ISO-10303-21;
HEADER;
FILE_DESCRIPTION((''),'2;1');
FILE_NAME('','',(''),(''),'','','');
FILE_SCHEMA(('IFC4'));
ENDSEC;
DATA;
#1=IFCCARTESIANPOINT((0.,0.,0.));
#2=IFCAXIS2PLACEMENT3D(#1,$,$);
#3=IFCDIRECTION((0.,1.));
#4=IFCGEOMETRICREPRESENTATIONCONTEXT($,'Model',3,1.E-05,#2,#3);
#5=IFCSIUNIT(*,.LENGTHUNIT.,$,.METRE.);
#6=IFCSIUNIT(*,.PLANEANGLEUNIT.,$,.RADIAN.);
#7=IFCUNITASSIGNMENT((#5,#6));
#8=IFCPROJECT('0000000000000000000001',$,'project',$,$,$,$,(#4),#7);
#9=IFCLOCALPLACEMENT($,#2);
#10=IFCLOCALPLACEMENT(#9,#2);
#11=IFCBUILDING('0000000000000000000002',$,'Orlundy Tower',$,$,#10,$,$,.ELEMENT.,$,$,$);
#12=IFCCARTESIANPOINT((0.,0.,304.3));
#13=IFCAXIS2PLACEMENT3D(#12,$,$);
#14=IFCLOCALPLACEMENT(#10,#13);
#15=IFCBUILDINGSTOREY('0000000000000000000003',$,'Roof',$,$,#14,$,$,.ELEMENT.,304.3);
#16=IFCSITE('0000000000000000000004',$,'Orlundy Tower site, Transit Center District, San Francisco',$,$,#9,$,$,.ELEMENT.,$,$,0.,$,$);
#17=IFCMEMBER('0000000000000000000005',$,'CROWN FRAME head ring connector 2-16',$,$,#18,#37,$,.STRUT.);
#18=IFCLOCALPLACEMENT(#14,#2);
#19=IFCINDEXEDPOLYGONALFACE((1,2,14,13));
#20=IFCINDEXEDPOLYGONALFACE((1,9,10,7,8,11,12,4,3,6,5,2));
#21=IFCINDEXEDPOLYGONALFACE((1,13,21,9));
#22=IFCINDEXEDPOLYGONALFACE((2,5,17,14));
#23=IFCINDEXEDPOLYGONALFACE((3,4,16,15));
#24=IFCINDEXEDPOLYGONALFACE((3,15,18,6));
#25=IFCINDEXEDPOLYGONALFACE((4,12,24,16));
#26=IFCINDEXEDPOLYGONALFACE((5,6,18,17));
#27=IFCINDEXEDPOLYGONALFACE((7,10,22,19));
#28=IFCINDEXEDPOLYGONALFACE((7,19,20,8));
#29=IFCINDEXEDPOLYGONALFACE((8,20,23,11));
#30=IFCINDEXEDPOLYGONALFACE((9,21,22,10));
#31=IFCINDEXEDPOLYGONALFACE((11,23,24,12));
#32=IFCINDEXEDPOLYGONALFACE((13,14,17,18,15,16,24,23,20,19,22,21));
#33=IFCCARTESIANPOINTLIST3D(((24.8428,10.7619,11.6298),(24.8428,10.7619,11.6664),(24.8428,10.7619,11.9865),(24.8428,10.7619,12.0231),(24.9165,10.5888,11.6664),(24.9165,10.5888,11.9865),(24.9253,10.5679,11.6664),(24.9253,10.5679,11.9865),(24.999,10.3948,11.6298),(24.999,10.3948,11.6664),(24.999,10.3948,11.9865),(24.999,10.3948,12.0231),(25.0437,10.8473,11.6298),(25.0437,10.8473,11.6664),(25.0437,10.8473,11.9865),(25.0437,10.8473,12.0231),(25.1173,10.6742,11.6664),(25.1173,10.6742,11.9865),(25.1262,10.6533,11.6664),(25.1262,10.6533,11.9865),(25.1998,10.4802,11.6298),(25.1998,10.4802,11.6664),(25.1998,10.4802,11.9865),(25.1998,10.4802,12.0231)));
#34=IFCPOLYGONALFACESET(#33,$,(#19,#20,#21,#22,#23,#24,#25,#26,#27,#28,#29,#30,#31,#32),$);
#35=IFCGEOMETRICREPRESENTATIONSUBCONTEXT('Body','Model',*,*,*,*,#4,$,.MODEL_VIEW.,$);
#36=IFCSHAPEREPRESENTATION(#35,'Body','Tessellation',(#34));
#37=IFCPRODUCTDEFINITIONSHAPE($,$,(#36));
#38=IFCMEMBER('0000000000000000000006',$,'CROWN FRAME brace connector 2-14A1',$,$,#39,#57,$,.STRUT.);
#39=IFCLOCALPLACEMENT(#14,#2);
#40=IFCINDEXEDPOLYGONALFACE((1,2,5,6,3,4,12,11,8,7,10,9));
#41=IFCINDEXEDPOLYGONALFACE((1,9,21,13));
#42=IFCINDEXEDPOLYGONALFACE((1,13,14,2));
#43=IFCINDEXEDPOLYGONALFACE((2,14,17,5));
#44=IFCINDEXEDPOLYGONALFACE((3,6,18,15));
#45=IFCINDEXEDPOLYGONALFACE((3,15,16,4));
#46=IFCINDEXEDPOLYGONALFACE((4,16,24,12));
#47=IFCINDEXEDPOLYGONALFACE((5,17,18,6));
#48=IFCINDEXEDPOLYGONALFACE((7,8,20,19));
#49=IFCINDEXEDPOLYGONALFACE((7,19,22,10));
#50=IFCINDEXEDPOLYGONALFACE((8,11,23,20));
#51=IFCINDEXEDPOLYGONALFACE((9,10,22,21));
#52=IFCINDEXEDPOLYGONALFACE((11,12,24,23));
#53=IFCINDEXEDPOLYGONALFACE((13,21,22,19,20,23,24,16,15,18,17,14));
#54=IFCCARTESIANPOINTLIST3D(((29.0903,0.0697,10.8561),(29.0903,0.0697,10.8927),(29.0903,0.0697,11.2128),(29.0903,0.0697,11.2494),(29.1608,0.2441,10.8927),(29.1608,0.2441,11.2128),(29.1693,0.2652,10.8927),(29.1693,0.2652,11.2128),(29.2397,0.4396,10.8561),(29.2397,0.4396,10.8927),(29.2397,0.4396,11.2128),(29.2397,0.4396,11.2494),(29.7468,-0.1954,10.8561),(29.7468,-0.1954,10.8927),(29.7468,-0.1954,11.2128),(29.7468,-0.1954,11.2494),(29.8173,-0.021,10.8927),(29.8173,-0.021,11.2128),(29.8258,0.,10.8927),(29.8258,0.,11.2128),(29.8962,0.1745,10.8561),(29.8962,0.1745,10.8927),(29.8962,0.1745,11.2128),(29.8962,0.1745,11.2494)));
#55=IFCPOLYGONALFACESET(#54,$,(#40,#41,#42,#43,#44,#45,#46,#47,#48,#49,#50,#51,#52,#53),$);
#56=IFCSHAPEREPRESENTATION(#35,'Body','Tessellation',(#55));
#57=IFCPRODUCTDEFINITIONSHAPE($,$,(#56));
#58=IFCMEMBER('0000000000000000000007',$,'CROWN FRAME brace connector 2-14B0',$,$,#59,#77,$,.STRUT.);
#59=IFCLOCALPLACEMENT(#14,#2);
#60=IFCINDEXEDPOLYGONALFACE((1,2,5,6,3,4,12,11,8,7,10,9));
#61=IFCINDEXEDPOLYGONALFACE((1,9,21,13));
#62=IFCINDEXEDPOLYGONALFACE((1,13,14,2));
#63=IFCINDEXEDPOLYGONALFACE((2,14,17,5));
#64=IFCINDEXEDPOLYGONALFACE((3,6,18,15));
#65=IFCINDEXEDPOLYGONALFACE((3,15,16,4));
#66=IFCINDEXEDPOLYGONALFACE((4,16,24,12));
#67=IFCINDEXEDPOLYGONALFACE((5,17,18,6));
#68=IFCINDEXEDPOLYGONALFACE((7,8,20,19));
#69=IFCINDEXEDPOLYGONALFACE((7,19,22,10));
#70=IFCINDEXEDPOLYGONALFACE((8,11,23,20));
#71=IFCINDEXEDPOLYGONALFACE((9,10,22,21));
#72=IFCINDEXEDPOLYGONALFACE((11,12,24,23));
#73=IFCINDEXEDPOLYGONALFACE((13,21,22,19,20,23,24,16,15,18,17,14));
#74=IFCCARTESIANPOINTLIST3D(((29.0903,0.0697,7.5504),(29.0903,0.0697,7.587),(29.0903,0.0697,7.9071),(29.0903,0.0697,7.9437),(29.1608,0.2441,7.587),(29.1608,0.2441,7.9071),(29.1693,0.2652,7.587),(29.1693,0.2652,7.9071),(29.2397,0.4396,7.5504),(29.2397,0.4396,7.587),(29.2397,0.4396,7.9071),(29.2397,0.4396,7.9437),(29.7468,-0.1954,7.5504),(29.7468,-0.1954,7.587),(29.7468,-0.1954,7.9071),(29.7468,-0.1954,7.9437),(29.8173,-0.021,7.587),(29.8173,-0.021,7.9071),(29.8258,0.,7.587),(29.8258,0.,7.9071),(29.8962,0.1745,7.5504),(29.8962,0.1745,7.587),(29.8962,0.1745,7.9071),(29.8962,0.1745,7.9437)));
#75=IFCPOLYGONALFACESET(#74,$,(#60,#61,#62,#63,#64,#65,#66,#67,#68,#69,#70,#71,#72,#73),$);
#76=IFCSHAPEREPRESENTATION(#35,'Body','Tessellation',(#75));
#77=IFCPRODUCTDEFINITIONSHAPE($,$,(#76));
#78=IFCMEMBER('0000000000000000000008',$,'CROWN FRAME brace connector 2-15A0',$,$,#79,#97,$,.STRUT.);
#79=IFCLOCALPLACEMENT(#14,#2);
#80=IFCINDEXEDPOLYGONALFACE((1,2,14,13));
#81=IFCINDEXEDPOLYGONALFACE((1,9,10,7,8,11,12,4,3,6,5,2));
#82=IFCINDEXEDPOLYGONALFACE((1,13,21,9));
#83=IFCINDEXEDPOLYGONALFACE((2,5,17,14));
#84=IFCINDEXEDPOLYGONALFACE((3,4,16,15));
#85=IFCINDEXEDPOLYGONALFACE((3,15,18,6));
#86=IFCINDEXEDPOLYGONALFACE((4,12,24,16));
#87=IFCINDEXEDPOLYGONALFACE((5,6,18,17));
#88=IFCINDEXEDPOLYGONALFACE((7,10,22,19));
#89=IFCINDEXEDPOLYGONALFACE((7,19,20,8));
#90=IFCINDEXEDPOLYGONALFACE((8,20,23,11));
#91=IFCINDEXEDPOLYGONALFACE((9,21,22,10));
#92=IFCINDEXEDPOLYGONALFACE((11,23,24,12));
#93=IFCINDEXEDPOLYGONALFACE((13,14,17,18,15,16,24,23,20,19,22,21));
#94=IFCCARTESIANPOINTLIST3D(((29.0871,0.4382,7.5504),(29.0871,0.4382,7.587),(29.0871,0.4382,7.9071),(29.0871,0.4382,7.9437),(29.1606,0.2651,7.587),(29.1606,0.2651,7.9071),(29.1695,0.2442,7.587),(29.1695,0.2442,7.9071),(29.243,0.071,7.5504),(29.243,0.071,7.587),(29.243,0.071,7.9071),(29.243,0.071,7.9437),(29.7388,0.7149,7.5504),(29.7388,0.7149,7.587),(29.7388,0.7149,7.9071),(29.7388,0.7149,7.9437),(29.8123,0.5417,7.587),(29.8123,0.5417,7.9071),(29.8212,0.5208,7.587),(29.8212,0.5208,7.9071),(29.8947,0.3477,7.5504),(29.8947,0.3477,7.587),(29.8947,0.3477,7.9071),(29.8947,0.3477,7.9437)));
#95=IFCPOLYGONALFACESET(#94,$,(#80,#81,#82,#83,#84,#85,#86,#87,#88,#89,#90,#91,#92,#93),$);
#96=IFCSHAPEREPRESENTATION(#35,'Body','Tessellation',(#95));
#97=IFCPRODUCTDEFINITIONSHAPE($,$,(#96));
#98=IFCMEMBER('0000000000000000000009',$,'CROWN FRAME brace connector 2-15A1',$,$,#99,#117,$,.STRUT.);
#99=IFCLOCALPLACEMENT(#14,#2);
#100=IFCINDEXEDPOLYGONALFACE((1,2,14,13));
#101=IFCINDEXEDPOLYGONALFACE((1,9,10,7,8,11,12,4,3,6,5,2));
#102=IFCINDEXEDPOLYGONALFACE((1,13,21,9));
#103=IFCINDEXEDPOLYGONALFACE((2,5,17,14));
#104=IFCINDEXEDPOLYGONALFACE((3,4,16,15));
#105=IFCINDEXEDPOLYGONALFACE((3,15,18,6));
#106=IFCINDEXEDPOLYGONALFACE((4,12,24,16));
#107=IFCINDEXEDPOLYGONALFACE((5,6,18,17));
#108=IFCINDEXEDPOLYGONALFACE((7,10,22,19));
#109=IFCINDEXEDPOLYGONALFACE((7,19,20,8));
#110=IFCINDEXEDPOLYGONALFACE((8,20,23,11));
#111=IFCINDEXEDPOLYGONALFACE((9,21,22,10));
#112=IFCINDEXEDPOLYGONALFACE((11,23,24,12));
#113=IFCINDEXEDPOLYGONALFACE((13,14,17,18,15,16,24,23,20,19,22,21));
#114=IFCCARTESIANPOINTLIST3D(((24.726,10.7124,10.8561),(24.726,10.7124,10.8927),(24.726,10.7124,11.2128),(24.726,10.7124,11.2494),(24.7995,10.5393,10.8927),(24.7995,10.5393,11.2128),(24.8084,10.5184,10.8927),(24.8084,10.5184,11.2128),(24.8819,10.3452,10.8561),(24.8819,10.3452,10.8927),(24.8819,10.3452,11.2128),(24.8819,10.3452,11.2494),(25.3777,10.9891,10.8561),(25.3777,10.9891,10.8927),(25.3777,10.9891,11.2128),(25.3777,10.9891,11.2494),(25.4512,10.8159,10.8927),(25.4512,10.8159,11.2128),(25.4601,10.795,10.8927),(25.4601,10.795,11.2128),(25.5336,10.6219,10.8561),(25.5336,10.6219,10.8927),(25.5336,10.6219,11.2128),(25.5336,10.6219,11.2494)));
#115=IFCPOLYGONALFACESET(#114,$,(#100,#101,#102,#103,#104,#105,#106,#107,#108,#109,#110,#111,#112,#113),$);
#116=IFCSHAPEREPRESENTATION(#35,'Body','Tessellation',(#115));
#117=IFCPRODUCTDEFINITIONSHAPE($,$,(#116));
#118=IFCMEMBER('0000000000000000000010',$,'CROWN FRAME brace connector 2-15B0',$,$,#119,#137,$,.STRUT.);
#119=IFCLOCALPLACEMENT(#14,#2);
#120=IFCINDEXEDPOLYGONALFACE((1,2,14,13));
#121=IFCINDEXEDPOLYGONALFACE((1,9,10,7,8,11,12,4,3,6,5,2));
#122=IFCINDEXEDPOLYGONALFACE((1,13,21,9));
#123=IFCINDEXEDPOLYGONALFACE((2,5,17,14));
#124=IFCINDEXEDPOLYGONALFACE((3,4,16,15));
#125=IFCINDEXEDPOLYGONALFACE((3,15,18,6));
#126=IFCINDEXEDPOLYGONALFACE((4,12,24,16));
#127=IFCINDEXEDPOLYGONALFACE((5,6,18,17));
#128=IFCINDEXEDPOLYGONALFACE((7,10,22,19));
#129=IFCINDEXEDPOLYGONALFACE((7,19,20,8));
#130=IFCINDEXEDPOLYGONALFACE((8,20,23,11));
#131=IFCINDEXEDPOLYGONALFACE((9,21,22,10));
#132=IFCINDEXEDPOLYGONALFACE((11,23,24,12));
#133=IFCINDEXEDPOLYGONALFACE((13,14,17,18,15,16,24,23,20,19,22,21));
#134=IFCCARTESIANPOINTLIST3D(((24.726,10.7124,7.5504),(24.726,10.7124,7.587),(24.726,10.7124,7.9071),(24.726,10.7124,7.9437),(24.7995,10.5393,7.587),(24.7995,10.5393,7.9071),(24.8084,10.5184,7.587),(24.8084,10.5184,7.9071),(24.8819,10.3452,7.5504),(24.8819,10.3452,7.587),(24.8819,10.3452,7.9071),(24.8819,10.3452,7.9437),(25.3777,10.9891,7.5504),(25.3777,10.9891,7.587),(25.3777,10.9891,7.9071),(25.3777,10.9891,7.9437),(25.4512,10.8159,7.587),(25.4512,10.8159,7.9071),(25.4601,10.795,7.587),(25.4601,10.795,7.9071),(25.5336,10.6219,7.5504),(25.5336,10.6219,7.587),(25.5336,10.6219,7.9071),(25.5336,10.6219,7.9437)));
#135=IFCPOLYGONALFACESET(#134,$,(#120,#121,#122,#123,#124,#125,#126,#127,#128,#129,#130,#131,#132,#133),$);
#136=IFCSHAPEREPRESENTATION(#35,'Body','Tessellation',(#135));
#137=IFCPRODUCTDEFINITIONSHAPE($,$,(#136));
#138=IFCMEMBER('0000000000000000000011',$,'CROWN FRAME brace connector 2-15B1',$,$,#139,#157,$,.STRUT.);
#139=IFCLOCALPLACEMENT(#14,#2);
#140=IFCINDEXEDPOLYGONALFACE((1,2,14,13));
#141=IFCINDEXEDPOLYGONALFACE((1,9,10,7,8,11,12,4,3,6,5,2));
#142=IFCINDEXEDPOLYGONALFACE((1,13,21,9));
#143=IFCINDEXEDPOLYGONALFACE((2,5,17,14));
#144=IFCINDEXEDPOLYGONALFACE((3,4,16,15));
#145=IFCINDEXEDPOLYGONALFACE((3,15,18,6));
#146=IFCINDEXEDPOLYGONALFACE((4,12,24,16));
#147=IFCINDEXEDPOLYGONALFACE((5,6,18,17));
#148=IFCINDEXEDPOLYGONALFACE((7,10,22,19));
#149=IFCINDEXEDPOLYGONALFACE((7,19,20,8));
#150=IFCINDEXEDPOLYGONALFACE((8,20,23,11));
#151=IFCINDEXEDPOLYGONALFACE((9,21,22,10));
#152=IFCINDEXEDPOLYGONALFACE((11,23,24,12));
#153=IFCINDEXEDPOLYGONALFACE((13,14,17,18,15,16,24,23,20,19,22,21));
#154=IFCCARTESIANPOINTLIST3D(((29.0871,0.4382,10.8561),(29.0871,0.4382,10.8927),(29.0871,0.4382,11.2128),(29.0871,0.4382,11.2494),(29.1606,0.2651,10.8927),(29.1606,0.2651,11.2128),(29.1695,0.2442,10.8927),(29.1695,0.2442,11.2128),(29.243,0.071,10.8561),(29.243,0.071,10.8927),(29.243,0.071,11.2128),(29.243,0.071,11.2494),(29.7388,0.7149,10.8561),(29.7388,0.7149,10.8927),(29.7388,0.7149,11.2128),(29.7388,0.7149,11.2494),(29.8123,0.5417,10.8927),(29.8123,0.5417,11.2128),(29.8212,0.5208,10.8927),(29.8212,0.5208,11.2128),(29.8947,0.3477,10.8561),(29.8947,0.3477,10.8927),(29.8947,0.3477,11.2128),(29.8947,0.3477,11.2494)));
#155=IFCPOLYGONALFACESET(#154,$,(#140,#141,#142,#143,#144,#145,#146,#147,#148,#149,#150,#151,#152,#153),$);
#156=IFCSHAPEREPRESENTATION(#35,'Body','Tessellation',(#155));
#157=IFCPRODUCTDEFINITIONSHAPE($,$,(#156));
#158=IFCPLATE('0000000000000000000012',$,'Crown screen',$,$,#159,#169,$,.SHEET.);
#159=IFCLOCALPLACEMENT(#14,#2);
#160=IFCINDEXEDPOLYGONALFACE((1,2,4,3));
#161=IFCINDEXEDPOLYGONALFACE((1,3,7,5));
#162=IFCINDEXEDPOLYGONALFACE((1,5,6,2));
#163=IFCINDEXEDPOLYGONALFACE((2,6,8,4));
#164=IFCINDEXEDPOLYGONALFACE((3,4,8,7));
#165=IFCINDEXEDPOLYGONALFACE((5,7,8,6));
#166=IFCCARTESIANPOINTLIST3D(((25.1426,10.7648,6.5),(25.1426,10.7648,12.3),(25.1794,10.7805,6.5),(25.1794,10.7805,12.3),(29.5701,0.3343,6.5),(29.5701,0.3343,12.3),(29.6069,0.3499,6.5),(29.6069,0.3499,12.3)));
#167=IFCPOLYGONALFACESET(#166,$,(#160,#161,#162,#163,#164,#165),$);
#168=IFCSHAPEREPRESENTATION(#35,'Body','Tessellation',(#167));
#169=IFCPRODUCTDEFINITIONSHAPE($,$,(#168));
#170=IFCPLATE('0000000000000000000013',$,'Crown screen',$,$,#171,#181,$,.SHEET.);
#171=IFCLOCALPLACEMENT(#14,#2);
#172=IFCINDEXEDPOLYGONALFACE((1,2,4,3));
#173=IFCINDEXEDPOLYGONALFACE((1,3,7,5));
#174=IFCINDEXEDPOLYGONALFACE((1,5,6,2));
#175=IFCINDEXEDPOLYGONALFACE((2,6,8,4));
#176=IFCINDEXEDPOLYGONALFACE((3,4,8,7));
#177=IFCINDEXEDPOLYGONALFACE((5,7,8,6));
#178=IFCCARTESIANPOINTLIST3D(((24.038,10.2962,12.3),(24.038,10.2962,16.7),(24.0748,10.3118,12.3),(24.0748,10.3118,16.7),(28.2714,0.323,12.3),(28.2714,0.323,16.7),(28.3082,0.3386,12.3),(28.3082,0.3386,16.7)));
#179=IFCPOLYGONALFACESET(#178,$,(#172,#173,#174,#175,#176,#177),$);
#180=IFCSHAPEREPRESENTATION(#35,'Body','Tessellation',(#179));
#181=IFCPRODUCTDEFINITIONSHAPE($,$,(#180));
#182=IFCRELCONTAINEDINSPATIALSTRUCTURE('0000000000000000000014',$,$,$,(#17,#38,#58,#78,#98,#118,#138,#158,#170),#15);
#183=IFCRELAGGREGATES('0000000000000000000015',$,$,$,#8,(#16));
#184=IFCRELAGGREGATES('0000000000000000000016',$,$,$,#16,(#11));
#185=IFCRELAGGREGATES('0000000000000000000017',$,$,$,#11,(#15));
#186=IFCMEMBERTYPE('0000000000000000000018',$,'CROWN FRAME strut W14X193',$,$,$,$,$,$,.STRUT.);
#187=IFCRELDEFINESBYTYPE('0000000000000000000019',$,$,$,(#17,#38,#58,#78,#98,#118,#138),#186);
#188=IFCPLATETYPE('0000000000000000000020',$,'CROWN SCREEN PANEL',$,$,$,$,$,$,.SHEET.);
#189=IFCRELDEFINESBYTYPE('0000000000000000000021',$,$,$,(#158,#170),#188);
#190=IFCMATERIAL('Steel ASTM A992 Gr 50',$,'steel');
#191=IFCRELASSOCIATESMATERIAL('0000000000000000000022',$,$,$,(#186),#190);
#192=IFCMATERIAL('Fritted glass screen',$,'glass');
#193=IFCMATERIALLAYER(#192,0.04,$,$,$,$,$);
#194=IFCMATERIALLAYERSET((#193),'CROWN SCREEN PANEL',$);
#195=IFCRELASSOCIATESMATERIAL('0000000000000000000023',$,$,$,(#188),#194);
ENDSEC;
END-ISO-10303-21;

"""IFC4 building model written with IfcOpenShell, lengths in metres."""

from ifc_helpers import new_model, si_unit, direction, frame, origin, origin_2d, place, context, subcontext, project, spatial, rectangle, i_section, extrude, material, layer, layer_set, material_profile, profile_set, type_object, element, save


model = new_model("IFC4")

# Units and contexts
model_context = context("Model", 3, precision=1e-05, world=origin(), true_north=direction((0.0, 1.0)))
body_context = subcontext(model_context, "Body", "Model", "MODEL_VIEW")
ifc_project = project(units=[si_unit("LENGTHUNIT", "METRE"), si_unit("PLANEANGLEUNIT", "RADIAN")], contexts=[model_context])

# Site, building, storey
site_placement = place(None, origin())
site = spatial("IfcSite", under=ifc_project, at=site_placement, Name="Orlundy Tower site, Transit Center District, San Francisco", CompositionType="ELEMENT", RefElevation=0.0)
building_placement = place(site_placement, origin())
building = spatial("IfcBuilding", under=site, at=building_placement, Name="Orlundy Tower", CompositionType="ELEMENT")
storey_placement = place(building_placement, frame((0.0, 0.0, 304.3)))
storey = spatial("IfcBuildingStorey", under=building, at=storey_placement, Name="Roof", CompositionType="ELEMENT", Elevation=304.3)

# Members
ifc_material_1 = material(Name="Steel ASTM A992 Gr 50", Category="steel")
ifc_material_profile_1 = material_profile(ifc_material_1, i_section(OverallWidth=0.3989, OverallDepth=0.3933, WebThickness=0.0227, FlangeThickness=0.0366, at=origin_2d()), Name="W14X193")
ifc_profile_set_1 = profile_set([ifc_material_profile_1], Name="Steel ASTM A992 Gr 50")
member_type_1 = type_object("IfcMemberType", Name="CROWN FRAME strut W14X193", PredefinedType="STRUT", material=ifc_profile_set_1)
member_1_placement = place(storey_placement, frame((24.9209, 10.5784, 11.8264), z_axis=(0.92024, 0.391354, 0.0), x_axis=(-0.391354, 0.92024, 0.0)))
element("IfcMember", 1, at=member_1_placement, inside=storey, type_object=member_type_1, Name="CROWN FRAME head ring connector 2-16", PredefinedType="STRUT", context=body_context, shape_type="SweptSolid", body=[
    extrude(i_section(OverallWidth=0.3989, OverallDepth=0.3933, WebThickness=0.0227, FlangeThickness=0.0366, at=origin_2d()), origin(), (0.0, 0.0, 1.0), 0.2183),
])
for number, where, z_axis, x_axis, name in (
    (2, (29.165, 0.2546, 11.0527), (0.927235, -0.37448, 0.0), (0.37448, 0.927235, 0.0), "CROWN FRAME brace connector 2-14A1"),
    (3, (29.165, 0.2546, 7.7471), (0.927235, -0.37448, 0.0), (0.37448, 0.927235, 0.0), "CROWN FRAME brace connector 2-14B0"),
    (4, (29.165, 0.2546, 7.7471), (0.920495, 0.390754, 0.0), (-0.390754, 0.920495, 0.0), "CROWN FRAME brace connector 2-15A0"),
    (5, (24.804, 10.5288, 11.0527), (0.920495, 0.390754, 0.0), (-0.390754, 0.920495, 0.0), "CROWN FRAME brace connector 2-15A1"),
    (6, (24.804, 10.5288, 7.7471), (0.920495, 0.390754, 0.0), (-0.390754, 0.920495, 0.0), "CROWN FRAME brace connector 2-15B0"),
    (7, (29.165, 0.2546, 11.0527), (0.920495, 0.390754, 0.0), (-0.390754, 0.920495, 0.0), "CROWN FRAME brace connector 2-15B1"),
):
    element("IfcMember", number, at=place(storey_placement, frame(where, z_axis=z_axis, x_axis=x_axis)), inside=storey, type_object=member_type_1, Name=name, PredefinedType="STRUT", context=body_context, shape_type="SweptSolid", body=[
        extrude(i_section(OverallWidth=0.3989, OverallDepth=0.3933, WebThickness=0.0227, FlangeThickness=0.0366, at=origin_2d()), origin(), (0.0, 0.0, 1.0), 0.708),
    ])

# Plates
ifc_material_2 = material(Name="Fritted glass screen", Category="glass")
ifc_layer = layer(ifc_material_2, 0.04)
ifc_layer_set = layer_set([ifc_layer], Name="CROWN SCREEN PANEL")
plate_type = type_object("IfcPlateType", Name="CROWN SCREEN PANEL", PredefinedType="SHEET", material=ifc_layer_set)
plate_1_placement = place(storey_placement, frame((27.3748, 5.5574, 6.5), z_axis=(0.0, 0.0, 1.0), x_axis=(-0.390731, 0.920505, 0.0)))
element("IfcPlate", 8, at=plate_1_placement, inside=storey, type_object=plate_type, Name="Crown screen", PredefinedType="SHEET", context=body_context, shape_type="SweptSolid", body=[
    extrude(rectangle(XDim=11.3313, YDim=0.04, at=origin_2d()), origin(), (0.0, 0.0, 1.0), 5.8),
])
plate_2_placement = place(storey_placement, frame((26.1731, 5.3174, 12.3), z_axis=(0.0, 0.0, 1.0), x_axis=(-0.390731, 0.920505, 0.0)))
element("IfcPlate", 9, at=plate_2_placement, inside=storey, type_object=plate_type, Name="Crown screen", PredefinedType="SHEET", context=body_context, shape_type="SweptSolid", body=[
    extrude(rectangle(XDim=10.8345, YDim=0.04, at=origin_2d()), origin(), (0.0, 0.0, 1.0), 4.3999),
])

save(model, "model.ifc")
